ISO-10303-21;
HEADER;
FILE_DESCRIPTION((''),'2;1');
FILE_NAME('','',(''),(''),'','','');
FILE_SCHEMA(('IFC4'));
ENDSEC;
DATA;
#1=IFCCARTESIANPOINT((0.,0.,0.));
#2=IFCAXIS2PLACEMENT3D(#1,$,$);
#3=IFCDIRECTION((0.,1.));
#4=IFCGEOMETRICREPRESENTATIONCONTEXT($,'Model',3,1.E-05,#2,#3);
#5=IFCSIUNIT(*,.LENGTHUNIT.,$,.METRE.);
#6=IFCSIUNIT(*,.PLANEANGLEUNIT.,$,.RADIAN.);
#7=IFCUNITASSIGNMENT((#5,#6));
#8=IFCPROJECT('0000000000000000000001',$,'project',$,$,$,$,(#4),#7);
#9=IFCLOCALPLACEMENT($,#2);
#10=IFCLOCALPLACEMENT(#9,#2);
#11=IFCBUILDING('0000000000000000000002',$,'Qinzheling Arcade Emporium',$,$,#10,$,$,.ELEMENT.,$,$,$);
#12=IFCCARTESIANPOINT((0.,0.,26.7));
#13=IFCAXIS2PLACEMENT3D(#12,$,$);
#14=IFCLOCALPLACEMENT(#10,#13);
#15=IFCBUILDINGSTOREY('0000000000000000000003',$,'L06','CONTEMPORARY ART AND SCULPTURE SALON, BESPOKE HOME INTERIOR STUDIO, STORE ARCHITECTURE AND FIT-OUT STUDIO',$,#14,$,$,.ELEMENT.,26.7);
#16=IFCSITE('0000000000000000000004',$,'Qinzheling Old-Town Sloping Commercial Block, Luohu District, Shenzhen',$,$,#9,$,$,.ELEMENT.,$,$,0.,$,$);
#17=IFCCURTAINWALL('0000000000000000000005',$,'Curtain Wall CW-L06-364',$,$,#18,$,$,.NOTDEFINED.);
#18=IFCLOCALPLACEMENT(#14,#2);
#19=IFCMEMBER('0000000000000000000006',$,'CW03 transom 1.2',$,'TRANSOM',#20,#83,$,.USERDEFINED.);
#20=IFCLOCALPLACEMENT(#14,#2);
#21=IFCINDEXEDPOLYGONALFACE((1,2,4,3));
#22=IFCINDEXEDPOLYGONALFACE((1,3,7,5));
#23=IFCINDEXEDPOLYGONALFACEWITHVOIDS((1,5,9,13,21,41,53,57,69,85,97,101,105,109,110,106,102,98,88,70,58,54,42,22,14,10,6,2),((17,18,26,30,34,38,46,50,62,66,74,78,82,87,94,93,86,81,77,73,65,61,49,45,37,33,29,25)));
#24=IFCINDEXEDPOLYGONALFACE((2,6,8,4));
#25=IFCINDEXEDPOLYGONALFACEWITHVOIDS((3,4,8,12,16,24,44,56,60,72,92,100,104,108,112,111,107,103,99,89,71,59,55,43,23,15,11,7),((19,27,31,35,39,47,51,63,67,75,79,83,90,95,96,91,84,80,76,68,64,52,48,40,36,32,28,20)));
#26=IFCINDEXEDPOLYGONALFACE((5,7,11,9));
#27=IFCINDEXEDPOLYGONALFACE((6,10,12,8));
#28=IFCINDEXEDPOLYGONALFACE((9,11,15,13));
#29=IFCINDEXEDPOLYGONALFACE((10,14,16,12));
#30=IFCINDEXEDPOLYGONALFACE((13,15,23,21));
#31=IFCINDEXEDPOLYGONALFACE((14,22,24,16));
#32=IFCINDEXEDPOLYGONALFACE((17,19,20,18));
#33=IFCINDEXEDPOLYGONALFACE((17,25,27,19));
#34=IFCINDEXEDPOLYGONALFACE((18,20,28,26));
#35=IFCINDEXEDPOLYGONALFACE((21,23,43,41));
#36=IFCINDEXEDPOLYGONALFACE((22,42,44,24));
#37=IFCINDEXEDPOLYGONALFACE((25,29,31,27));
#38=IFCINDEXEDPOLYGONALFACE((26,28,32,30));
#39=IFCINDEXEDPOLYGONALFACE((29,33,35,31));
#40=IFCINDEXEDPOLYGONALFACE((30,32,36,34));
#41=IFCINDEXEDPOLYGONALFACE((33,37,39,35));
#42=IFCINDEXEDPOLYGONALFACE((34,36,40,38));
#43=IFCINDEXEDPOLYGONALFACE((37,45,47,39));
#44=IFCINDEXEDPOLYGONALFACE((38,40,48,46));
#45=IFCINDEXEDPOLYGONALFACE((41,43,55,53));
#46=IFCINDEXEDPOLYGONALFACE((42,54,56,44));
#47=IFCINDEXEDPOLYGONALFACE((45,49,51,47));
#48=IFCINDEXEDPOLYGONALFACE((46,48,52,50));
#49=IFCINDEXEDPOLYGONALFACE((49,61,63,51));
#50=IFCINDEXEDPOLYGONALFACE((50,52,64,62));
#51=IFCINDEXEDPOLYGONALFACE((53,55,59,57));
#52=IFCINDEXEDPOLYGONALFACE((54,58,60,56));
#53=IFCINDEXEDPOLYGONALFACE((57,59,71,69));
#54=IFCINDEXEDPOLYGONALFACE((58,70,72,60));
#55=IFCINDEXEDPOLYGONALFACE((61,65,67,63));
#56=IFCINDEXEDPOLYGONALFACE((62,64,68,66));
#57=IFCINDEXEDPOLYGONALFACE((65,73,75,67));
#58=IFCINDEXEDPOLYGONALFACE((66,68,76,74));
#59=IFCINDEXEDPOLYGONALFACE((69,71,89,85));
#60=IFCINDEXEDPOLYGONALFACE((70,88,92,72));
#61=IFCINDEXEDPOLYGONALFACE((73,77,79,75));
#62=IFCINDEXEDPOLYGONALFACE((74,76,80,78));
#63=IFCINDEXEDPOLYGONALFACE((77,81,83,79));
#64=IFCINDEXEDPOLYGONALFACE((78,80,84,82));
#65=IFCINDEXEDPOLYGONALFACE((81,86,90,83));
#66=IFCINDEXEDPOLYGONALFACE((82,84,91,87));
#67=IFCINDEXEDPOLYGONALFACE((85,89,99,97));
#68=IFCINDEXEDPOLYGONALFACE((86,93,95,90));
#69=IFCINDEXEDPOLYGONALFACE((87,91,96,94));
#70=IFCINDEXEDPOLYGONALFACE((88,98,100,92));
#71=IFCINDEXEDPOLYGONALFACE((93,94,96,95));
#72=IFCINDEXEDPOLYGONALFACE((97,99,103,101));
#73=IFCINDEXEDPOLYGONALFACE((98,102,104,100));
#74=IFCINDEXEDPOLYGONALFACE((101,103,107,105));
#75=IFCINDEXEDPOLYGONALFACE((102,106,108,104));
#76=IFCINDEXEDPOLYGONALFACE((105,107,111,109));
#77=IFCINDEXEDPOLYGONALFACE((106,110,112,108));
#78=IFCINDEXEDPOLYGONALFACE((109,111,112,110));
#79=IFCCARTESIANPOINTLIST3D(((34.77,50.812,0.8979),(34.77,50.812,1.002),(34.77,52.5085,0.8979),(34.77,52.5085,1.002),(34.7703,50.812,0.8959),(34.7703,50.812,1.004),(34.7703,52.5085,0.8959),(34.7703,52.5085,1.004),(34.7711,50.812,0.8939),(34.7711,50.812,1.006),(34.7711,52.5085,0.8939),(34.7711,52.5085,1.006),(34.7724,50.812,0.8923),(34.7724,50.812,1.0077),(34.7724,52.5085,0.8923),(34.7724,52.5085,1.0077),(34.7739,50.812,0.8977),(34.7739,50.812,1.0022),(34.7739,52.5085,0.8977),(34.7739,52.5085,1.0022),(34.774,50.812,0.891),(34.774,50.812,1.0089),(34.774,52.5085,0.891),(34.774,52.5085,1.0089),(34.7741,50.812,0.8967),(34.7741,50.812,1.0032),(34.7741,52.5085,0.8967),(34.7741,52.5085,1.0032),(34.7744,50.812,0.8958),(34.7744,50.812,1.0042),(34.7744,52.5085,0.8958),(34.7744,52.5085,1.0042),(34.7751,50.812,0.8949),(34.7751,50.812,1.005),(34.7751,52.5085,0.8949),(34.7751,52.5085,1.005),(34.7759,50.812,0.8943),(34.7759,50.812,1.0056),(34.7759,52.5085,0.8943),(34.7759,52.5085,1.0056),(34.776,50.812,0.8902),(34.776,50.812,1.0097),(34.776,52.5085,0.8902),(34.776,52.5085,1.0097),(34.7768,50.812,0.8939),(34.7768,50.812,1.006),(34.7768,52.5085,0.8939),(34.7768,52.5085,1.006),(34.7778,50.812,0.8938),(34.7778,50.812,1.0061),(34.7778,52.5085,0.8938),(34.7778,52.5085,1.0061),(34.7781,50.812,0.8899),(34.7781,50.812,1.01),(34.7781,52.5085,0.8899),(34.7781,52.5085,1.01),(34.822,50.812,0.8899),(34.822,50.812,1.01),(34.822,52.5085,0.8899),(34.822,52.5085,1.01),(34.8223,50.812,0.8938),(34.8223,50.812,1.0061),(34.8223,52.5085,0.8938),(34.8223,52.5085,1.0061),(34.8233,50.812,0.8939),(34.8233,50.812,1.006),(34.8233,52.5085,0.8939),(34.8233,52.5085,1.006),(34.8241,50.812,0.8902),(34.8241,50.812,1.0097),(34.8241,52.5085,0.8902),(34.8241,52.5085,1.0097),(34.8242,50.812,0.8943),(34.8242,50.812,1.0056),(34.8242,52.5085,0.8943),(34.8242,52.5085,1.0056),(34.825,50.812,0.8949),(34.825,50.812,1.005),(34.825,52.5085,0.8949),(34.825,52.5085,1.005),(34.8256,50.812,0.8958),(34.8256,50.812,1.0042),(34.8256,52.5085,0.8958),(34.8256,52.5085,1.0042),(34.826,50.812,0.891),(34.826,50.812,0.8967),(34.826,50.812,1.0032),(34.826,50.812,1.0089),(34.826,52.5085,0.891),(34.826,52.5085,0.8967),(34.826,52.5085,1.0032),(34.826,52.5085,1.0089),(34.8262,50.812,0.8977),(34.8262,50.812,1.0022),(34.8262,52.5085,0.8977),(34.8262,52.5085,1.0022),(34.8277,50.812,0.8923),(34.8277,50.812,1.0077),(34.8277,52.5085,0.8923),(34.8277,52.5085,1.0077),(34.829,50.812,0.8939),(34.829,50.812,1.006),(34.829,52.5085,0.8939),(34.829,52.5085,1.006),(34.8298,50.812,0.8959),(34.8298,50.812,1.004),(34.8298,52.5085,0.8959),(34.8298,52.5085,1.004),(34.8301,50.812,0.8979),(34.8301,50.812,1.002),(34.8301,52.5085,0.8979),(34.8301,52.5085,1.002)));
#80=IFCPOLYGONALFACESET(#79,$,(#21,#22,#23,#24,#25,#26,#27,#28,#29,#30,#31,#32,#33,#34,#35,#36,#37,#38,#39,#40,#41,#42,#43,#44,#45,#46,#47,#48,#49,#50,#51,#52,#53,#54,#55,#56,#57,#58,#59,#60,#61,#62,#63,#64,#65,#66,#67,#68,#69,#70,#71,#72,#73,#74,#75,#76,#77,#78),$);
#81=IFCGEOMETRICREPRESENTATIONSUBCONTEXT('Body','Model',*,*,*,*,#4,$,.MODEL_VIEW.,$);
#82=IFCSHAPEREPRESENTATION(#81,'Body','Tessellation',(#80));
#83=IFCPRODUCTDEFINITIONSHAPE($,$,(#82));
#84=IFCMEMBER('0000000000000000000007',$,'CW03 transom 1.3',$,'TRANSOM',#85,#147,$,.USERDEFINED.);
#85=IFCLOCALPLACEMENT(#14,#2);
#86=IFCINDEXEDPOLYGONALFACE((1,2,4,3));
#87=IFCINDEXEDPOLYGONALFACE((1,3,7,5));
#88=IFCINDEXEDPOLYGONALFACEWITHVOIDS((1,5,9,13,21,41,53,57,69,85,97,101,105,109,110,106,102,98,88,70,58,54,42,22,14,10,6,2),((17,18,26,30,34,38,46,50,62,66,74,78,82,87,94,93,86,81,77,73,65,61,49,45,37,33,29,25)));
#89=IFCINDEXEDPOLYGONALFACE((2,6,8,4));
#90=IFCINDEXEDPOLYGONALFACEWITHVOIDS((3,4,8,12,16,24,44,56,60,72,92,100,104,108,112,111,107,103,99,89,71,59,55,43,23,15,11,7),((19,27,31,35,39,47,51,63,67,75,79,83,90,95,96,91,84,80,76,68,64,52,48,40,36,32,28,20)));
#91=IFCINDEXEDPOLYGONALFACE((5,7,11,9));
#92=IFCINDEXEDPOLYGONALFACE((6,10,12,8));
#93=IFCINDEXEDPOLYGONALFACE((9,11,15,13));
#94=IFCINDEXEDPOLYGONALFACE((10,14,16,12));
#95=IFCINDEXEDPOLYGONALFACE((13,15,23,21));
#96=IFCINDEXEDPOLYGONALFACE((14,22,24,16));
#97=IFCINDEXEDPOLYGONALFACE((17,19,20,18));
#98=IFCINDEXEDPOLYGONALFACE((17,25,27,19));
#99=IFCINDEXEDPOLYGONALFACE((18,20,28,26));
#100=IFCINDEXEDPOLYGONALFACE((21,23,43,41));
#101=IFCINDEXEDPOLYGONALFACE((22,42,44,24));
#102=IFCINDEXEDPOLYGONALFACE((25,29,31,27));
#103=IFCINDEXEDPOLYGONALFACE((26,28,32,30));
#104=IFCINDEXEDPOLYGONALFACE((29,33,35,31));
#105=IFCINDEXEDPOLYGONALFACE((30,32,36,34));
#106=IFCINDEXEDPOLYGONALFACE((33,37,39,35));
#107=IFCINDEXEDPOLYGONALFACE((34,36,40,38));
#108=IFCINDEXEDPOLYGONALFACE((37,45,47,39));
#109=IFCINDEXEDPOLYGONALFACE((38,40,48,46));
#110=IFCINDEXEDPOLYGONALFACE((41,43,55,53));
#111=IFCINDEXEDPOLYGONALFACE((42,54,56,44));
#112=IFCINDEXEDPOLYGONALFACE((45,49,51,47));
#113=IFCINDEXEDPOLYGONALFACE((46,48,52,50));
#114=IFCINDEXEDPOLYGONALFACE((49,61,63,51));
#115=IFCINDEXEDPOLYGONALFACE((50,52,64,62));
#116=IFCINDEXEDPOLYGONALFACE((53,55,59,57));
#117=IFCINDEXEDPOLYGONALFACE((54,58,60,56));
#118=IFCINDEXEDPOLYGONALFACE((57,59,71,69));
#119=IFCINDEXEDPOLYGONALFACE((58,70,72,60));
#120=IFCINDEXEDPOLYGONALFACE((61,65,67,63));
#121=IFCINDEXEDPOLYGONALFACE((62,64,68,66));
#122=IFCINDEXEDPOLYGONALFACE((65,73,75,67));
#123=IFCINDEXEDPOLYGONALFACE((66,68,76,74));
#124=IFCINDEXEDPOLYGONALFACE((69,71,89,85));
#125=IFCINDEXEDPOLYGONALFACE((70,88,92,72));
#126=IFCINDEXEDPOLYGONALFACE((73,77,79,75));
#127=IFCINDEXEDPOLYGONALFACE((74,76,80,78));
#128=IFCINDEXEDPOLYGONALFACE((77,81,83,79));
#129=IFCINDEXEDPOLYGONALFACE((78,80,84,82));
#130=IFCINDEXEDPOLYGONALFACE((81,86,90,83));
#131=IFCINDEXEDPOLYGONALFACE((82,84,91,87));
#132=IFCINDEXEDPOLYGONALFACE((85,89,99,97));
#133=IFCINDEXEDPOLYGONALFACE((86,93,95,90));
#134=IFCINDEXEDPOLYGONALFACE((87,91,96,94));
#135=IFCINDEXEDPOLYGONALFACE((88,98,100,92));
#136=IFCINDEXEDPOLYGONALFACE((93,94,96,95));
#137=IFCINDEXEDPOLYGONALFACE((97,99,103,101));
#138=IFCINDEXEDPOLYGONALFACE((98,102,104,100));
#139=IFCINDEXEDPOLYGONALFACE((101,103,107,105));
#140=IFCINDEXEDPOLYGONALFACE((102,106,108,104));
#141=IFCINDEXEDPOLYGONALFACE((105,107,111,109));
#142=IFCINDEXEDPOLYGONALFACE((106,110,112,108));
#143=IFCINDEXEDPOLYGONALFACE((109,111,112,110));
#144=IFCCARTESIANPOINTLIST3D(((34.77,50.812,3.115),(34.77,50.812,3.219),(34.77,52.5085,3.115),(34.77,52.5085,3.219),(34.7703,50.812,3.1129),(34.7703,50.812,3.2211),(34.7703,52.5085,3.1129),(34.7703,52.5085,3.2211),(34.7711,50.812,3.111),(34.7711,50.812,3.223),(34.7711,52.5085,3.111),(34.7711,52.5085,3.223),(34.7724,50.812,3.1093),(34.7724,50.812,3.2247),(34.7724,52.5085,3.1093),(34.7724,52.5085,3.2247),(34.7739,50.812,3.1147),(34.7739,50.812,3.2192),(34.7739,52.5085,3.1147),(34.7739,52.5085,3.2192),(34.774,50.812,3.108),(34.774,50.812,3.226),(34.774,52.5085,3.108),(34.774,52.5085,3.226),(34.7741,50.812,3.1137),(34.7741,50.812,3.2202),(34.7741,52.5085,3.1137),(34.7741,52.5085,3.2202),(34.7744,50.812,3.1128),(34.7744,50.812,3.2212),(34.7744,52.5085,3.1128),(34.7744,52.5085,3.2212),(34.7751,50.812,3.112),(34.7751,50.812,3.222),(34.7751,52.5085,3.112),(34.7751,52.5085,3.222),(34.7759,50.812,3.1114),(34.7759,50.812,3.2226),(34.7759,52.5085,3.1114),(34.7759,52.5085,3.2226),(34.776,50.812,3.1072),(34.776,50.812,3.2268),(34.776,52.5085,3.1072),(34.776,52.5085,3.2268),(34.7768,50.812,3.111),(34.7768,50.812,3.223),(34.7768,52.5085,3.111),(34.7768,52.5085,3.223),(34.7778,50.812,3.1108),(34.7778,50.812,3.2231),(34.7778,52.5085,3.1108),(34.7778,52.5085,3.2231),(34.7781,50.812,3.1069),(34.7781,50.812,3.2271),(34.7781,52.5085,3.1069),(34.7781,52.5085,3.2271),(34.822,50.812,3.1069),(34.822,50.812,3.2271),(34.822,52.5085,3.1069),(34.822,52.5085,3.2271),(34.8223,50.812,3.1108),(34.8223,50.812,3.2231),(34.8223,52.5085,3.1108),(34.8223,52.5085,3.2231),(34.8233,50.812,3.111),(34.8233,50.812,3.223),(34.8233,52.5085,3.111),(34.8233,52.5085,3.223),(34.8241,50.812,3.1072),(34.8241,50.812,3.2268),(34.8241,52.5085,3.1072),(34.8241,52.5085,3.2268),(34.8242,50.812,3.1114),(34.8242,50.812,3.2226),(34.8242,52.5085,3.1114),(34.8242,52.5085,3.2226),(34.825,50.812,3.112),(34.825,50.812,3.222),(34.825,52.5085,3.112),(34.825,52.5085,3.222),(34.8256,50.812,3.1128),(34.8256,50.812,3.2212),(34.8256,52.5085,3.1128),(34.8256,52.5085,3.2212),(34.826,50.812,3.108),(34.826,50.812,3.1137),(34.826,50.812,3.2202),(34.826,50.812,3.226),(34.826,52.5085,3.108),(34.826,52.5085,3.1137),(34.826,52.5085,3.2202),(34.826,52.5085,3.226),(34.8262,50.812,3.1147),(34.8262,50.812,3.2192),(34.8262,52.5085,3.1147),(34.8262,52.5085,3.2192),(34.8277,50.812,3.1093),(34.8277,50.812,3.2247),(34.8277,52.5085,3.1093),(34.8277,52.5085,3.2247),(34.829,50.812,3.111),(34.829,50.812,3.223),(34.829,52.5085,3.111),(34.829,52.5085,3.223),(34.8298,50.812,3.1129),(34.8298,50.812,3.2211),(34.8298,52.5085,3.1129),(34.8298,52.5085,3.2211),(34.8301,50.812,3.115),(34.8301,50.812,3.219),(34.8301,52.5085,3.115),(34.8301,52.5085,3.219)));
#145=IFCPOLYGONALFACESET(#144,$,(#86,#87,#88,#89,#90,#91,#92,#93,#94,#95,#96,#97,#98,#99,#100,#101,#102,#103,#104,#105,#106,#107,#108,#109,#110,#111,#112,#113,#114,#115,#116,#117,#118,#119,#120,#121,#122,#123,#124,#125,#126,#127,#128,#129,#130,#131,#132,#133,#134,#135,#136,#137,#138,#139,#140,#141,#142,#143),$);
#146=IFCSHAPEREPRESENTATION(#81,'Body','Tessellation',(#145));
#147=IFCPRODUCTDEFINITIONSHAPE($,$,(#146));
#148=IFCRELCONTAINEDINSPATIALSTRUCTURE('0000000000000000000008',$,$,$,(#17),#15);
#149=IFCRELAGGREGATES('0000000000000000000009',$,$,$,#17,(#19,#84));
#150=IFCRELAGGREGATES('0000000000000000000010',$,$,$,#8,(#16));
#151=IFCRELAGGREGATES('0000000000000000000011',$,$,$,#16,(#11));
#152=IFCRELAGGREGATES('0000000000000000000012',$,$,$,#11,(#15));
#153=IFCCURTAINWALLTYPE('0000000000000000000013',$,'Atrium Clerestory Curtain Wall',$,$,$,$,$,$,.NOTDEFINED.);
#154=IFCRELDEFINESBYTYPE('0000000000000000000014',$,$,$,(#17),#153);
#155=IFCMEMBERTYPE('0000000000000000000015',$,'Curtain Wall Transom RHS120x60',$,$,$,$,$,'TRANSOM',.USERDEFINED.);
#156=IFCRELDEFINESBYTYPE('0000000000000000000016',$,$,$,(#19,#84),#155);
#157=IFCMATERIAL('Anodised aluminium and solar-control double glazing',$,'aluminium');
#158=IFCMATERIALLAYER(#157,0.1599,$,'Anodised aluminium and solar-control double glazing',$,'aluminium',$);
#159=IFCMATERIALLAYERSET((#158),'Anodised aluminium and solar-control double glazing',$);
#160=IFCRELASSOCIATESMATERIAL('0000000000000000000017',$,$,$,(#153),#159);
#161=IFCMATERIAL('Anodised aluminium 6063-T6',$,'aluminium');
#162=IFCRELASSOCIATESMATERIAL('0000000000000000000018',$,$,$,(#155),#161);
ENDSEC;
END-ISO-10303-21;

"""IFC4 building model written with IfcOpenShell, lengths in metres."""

from ifc_helpers import new_model, si_unit, direction, frame, origin, origin_2d, place, context, subcontext, project, spatial, hollow_rectangle, extrude, material, layer, layer_set, material_profile, profile_set, type_object, element, aggregate, save


model = new_model("IFC4")

# Units and contexts
model_context = context("Model", 3, precision=1e-05, world=origin(), true_north=direction((0.0, 1.0)))
body_context = subcontext(model_context, "Body", "Model", "MODEL_VIEW")
ifc_project = project(units=[si_unit("LENGTHUNIT", "METRE"), si_unit("PLANEANGLEUNIT", "RADIAN")], contexts=[model_context])

# Site, building, storey
site_placement = place(None, origin())
site = spatial("IfcSite", under=ifc_project, at=site_placement, Name="Qinzheling Old-Town Sloping Commercial Block, Luohu District, Shenzhen", CompositionType="ELEMENT", RefElevation=0.0)
building_placement = place(site_placement, origin())
building = spatial("IfcBuilding", under=site, at=building_placement, Name="Qinzheling Arcade Emporium", CompositionType="ELEMENT")
storey_placement = place(building_placement, frame((0.0, 0.0, 26.7)))
storey = spatial("IfcBuildingStorey", under=building, at=storey_placement, Name="L06", Description="CONTEMPORARY ART AND SCULPTURE SALON, BESPOKE HOME INTERIOR STUDIO, STORE ARCHITECTURE AND FIT-OUT STUDIO", CompositionType="ELEMENT", Elevation=26.7)

# Shared definitions
ifc_material_1 = material(Name="Anodised aluminium and solar-control double glazing", Category="aluminium")
ifc_layer_1 = layer(ifc_material_1, 0.1599, Name="Anodised aluminium and solar-control double glazing", Category="aluminium")
ifc_layer_set_1 = layer_set([ifc_layer_1], Name="Anodised aluminium and solar-control double glazing")
curtain_wall_type = type_object("IfcCurtainWallType", Name="Atrium Clerestory Curtain Wall", PredefinedType="NOTDEFINED", material=ifc_layer_set_1)
ifc_material_2 = material(Name="Anodised aluminium 6063-T6", Category="aluminium")

# Curtain wall, members
curtain_wall_1_placement = place(storey_placement, origin())
curtain_wall_1 = element("IfcCurtainWall", 1, at=curtain_wall_1_placement, inside=storey, type_object=curtain_wall_type, Name="Curtain Wall CW-L06-364", PredefinedType="NOTDEFINED")
ifc_material_profile_1 = material_profile(ifc_material_2, hollow_rectangle(XDim=0.0601, YDim=0.1201, WallThickness=0.0039, InnerFilletRadius=0.0039, OuterFilletRadius=0.0081, at=origin_2d()), Name="RHS 120x60x4", Category="aluminium")
ifc_profile_set_1 = profile_set([ifc_material_profile_1], Name="Anodised aluminium 6063-T6")
member_type_1 = type_object("IfcMemberType", Name="Curtain Wall Transom RHS120x60", ElementType="TRANSOM", PredefinedType="USERDEFINED", material=ifc_profile_set_1)
member_1_placement = place(storey_placement, frame((34.8, 50.812, 0.95), z_axis=(0.0, 1.0, 0.0), x_axis=(-1.0, 0.0, 0.0)))
member_1 = element("IfcMember", 2, at=member_1_placement, type_object=member_type_1, Name="CW03 transom 1.2", ObjectType="TRANSOM", PredefinedType="USERDEFINED", context=body_context, shape_type="SweptSolid", body=[
    extrude(hollow_rectangle(XDim=0.0601, YDim=0.1201, WallThickness=0.0039, InnerFilletRadius=0.0039, OuterFilletRadius=0.0081, at=origin_2d()), origin(), (0.0, 0.0, 1.0), 1.6965),
])
member_2_placement = place(storey_placement, frame((34.8, 50.812, 3.167), z_axis=(0.0, 1.0, 0.0), x_axis=(-1.0, 0.0, 0.0)))
member_2 = element("IfcMember", 3, at=member_2_placement, type_object=member_type_1, Name="CW03 transom 1.3", ObjectType="TRANSOM", PredefinedType="USERDEFINED", context=body_context, shape_type="SweptSolid", body=[
    extrude(hollow_rectangle(XDim=0.0601, YDim=0.1201, WallThickness=0.0039, InnerFilletRadius=0.0039, OuterFilletRadius=0.0081, at=origin_2d()), origin(), (0.0, 0.0, 1.0), 1.6965),
])

aggregate(curtain_wall_1, [member_1, member_2])

save(model, "model.ifc")
